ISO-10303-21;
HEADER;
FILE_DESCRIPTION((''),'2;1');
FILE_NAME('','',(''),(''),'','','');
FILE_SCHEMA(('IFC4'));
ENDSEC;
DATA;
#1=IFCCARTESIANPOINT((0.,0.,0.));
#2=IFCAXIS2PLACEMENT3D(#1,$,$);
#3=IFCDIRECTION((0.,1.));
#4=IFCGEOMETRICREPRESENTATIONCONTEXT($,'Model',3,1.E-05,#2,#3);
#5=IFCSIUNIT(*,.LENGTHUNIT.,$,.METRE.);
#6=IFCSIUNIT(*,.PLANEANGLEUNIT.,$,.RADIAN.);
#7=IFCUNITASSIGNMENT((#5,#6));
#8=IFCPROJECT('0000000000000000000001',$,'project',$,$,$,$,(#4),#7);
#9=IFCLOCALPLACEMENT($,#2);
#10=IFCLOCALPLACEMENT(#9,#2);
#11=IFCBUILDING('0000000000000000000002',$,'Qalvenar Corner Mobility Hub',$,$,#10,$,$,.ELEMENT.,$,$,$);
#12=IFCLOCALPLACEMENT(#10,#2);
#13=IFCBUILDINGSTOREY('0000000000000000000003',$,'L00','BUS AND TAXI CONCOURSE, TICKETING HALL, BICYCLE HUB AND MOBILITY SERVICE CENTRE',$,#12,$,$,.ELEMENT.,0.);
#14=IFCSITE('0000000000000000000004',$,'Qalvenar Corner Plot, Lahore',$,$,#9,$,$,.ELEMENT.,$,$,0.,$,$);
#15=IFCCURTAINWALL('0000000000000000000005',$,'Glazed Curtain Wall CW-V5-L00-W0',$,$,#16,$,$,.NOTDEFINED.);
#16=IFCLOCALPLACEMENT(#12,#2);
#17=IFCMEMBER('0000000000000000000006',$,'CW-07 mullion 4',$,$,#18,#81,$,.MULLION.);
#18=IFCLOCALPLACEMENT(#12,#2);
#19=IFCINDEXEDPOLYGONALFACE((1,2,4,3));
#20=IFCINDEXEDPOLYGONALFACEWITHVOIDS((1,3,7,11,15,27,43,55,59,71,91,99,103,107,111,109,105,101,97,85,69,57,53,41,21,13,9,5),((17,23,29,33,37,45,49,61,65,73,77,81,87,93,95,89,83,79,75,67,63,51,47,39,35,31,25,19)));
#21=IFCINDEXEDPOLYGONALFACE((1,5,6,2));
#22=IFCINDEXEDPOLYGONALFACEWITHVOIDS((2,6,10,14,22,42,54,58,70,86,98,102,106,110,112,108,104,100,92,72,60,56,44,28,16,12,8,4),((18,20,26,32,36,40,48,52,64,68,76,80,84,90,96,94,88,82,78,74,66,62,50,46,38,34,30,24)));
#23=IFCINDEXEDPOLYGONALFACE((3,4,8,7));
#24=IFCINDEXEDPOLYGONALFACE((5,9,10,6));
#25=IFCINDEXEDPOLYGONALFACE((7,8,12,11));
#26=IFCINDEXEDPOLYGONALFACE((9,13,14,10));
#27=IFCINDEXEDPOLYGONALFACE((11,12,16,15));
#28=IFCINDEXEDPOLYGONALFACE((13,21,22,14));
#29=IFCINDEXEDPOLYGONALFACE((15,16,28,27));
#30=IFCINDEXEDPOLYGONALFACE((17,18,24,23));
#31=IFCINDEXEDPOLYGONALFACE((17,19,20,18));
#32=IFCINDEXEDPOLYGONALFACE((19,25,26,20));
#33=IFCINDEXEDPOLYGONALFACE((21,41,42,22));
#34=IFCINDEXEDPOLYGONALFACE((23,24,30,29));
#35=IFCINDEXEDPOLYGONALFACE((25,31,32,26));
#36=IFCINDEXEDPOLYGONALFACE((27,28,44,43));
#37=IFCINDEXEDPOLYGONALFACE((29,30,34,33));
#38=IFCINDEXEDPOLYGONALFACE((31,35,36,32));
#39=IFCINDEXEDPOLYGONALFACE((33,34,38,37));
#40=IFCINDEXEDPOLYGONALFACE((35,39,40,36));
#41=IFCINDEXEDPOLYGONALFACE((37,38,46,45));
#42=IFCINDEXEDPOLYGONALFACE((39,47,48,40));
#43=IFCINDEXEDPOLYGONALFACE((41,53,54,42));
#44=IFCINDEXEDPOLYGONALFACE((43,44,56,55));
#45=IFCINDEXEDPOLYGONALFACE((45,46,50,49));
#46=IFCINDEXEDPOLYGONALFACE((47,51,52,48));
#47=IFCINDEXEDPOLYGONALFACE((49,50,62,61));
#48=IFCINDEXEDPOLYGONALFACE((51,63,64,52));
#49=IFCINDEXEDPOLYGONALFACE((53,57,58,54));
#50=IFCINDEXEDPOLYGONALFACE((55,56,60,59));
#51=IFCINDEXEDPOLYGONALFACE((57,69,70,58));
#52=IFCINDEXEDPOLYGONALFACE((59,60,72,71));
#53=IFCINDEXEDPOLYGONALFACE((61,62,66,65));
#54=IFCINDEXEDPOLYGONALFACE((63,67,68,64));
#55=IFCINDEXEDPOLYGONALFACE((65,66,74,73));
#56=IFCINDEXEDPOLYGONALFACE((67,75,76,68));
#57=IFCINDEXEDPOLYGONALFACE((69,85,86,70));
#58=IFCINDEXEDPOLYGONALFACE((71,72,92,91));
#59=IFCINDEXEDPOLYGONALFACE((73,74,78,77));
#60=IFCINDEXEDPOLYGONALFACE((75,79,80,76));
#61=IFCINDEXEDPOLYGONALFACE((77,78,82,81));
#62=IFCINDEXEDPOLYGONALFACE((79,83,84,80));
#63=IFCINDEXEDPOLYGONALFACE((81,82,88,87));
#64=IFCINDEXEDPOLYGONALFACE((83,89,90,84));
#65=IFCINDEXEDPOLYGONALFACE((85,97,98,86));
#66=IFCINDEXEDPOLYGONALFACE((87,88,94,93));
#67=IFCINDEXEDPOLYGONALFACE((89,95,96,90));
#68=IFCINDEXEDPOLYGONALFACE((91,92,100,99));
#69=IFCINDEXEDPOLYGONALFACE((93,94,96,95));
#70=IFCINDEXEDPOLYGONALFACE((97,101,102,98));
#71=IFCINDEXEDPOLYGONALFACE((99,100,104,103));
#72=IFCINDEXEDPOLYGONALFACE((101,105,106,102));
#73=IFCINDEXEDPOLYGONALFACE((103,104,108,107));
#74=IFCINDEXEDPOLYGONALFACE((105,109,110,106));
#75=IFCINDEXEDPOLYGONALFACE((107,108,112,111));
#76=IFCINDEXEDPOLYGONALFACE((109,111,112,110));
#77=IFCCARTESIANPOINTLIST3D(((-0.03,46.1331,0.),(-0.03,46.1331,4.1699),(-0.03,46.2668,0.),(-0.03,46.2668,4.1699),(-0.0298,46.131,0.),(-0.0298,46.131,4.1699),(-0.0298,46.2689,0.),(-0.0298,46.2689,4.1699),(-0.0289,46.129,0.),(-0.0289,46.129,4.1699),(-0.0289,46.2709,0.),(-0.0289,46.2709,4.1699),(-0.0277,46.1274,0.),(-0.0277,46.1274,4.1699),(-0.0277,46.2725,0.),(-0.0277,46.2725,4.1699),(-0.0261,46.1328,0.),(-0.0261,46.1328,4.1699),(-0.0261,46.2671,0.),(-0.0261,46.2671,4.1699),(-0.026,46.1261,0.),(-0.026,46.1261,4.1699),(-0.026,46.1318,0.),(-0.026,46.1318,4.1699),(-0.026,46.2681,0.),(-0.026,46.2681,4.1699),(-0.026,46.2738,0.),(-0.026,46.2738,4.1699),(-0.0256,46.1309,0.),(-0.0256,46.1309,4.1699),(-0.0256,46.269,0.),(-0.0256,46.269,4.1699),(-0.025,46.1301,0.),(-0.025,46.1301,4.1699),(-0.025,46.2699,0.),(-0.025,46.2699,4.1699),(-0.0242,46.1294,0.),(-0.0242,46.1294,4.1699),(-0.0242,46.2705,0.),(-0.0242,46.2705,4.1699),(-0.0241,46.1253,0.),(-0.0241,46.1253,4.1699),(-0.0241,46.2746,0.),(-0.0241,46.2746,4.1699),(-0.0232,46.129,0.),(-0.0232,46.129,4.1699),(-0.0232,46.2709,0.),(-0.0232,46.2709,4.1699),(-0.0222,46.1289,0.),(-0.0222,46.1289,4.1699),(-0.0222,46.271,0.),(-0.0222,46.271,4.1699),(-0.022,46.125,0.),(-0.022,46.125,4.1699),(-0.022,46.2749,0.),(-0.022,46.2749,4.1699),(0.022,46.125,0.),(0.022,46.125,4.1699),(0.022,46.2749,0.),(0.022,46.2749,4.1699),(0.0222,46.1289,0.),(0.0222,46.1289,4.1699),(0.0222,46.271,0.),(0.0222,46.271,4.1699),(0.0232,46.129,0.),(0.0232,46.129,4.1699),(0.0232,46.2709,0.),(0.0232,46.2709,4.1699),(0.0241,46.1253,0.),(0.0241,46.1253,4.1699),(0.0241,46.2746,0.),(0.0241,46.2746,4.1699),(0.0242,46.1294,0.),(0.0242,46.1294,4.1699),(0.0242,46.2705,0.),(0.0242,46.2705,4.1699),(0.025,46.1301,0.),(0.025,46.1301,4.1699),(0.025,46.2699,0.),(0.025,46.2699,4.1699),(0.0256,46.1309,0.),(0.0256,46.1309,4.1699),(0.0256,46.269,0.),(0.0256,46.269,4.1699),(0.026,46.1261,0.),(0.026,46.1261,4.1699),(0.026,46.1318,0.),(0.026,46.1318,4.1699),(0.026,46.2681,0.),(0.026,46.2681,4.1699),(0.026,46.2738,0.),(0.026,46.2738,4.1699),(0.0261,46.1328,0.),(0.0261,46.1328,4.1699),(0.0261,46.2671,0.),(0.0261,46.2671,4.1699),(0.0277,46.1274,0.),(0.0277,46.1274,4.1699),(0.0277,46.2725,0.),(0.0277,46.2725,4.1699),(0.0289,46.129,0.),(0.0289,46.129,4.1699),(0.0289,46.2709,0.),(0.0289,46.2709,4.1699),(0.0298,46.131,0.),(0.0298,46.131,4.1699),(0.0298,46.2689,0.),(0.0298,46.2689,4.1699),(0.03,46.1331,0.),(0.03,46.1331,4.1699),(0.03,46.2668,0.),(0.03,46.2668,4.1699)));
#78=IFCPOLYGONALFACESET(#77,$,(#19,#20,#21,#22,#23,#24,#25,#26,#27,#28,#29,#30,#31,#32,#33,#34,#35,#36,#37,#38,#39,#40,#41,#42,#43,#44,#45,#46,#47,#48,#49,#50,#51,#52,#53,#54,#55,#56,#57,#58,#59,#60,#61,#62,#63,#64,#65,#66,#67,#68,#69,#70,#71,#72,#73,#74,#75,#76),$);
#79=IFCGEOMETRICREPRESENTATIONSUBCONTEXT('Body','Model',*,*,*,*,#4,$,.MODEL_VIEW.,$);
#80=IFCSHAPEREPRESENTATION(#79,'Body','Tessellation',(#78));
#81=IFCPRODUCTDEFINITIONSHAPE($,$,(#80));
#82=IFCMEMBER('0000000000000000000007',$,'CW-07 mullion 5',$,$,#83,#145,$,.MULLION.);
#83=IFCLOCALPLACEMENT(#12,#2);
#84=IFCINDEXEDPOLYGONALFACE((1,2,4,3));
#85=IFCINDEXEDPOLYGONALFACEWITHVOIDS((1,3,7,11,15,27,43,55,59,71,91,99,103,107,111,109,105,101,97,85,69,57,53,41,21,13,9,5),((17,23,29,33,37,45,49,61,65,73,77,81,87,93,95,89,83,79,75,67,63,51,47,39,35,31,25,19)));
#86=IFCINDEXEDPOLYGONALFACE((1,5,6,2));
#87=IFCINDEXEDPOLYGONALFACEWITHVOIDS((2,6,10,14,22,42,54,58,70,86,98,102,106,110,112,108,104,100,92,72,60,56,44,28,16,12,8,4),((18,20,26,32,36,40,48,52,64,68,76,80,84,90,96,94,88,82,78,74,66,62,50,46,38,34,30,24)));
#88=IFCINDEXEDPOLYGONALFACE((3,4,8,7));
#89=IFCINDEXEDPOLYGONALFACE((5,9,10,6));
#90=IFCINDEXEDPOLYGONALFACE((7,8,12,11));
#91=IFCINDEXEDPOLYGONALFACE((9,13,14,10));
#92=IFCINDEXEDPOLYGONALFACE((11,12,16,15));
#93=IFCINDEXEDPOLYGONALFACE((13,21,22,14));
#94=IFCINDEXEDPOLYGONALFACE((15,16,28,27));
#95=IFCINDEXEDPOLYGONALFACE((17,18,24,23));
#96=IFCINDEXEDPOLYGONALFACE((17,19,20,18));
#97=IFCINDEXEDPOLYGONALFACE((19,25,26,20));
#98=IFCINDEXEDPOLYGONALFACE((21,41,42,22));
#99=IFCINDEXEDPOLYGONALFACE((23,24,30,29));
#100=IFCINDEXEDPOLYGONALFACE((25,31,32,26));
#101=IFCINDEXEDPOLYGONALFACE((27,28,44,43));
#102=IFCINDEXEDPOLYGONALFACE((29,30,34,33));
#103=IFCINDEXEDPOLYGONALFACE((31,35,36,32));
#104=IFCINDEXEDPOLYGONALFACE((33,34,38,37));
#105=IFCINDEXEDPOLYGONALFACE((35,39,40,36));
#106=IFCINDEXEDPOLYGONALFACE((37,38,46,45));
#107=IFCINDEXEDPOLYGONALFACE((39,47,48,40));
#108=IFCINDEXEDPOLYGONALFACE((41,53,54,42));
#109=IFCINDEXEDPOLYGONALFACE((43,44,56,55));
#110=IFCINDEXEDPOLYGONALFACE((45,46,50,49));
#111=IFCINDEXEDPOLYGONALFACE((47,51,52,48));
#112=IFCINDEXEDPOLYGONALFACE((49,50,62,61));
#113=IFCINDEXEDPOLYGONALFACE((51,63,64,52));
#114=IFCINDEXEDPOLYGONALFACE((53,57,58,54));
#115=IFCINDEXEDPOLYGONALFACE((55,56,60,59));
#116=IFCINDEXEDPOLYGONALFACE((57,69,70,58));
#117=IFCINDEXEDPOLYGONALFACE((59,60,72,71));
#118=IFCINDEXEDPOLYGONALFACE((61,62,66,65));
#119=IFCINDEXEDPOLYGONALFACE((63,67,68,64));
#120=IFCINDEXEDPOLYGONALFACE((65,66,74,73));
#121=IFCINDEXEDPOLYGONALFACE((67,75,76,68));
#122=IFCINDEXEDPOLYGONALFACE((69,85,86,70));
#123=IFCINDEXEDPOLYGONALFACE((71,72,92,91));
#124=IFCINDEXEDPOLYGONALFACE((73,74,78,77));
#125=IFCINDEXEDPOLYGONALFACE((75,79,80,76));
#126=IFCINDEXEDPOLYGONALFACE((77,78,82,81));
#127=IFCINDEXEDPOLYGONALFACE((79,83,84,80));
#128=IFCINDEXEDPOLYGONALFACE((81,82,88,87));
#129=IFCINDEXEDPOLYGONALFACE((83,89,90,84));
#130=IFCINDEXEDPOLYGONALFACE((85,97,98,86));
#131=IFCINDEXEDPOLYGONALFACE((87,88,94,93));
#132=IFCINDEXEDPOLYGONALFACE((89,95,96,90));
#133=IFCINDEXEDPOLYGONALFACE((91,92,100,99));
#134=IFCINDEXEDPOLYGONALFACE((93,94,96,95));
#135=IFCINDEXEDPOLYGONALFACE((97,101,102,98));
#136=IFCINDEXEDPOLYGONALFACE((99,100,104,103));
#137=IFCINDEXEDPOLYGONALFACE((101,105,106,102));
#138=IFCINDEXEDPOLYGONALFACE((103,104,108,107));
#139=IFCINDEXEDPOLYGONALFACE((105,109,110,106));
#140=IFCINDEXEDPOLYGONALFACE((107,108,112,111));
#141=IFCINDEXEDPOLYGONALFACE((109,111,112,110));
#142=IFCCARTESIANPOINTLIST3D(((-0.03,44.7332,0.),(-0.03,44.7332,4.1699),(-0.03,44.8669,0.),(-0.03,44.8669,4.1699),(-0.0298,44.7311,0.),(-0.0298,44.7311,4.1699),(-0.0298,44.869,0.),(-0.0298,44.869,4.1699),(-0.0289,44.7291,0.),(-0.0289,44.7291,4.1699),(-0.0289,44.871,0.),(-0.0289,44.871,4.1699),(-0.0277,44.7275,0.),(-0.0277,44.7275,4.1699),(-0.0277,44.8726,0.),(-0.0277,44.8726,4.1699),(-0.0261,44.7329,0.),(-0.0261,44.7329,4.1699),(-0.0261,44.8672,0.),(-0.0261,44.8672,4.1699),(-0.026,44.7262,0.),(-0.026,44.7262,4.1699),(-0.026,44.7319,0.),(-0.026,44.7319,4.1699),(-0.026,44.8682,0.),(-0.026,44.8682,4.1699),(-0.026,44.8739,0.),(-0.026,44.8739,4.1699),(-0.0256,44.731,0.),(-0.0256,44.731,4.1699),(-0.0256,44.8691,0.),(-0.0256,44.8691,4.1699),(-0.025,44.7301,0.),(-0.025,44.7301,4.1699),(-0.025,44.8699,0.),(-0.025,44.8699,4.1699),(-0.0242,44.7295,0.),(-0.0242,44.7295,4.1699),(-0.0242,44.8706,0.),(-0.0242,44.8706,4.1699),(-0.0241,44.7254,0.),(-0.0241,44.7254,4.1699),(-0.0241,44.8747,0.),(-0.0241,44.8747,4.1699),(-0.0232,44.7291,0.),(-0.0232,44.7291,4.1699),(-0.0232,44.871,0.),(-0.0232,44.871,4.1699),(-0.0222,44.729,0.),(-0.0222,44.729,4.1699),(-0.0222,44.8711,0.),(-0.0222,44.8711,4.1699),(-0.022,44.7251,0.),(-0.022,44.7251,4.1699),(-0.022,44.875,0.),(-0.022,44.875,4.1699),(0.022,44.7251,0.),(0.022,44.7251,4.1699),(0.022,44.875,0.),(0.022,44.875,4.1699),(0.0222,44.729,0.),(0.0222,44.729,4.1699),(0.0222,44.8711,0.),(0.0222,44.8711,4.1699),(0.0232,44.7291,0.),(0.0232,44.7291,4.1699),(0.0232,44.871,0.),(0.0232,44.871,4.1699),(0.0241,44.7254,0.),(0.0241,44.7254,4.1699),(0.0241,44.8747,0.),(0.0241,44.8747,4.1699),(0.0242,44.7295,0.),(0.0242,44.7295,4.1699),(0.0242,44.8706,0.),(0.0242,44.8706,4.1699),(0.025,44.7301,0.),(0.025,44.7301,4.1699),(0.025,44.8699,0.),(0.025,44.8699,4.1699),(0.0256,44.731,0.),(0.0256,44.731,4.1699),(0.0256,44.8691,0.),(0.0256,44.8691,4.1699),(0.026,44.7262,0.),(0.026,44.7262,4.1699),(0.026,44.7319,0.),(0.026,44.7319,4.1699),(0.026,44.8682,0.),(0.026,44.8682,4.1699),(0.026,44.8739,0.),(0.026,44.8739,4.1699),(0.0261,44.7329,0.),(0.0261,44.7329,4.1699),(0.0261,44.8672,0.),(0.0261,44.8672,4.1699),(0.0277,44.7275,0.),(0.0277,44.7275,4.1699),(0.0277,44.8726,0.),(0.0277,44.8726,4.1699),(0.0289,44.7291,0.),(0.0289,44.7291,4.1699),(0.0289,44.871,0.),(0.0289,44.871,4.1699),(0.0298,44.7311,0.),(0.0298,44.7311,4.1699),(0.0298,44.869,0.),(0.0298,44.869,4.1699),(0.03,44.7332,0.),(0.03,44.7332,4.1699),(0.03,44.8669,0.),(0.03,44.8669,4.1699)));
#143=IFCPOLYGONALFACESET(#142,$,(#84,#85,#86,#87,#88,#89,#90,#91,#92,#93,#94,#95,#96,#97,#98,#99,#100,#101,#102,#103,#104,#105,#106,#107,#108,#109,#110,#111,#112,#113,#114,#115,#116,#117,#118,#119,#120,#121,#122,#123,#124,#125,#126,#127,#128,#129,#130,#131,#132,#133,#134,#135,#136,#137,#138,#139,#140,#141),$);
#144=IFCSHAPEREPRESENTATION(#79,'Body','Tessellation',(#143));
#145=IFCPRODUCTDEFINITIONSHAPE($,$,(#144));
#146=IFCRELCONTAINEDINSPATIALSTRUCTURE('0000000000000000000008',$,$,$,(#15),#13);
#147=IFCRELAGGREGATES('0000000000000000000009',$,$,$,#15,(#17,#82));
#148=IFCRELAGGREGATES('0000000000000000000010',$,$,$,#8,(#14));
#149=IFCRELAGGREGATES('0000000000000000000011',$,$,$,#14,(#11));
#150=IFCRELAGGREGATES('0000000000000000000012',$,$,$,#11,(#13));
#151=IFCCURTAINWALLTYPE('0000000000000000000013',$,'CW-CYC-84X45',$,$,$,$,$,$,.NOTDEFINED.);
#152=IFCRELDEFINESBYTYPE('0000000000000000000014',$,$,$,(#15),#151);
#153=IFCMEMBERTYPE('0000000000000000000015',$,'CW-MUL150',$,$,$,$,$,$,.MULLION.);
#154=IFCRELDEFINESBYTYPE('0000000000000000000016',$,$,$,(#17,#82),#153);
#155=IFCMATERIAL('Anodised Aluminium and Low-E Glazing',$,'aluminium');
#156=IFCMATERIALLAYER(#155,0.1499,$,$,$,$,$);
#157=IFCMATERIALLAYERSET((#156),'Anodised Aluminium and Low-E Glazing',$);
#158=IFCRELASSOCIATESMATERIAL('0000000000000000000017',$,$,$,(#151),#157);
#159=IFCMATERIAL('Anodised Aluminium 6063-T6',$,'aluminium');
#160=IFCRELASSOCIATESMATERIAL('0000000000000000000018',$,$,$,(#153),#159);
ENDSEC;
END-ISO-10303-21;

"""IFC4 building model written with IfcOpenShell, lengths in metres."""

from ifc_helpers import new_model, si_unit, direction, frame, origin, origin_2d, place, context, subcontext, project, spatial, hollow_rectangle, extrude, material, layer, layer_set, material_profile, profile_set, type_object, element, aggregate, save


model = new_model("IFC4")

# Units and contexts
model_context = context("Model", 3, precision=1e-05, world=origin(), true_north=direction((0.0, 1.0)))
body_context = subcontext(model_context, "Body", "Model", "MODEL_VIEW")
ifc_project = project(units=[si_unit("LENGTHUNIT", "METRE"), si_unit("PLANEANGLEUNIT", "RADIAN")], contexts=[model_context])

# Site, building, storey
site_placement = place(None, origin())
site = spatial("IfcSite", under=ifc_project, at=site_placement, Name="Qalvenar Corner Plot, Lahore", CompositionType="ELEMENT", RefElevation=0.0)
building_placement = place(site_placement, origin())
building = spatial("IfcBuilding", under=site, at=building_placement, Name="Qalvenar Corner Mobility Hub", CompositionType="ELEMENT")
storey_placement = place(building_placement, origin())
storey = spatial("IfcBuildingStorey", under=building, at=storey_placement, Name="L00", Description="BUS AND TAXI CONCOURSE, TICKETING HALL, BICYCLE HUB AND MOBILITY SERVICE CENTRE", CompositionType="ELEMENT", Elevation=0.0)

# Curtain wall, members
ifc_material_1 = material(Name="Anodised Aluminium and Low-E Glazing", Category="aluminium")
ifc_layer_1 = layer(ifc_material_1, 0.1499)
ifc_layer_set_1 = layer_set([ifc_layer_1], Name="Anodised Aluminium and Low-E Glazing")
curtain_wall_type = type_object("IfcCurtainWallType", Name="CW-CYC-84X45", PredefinedType="NOTDEFINED", material=ifc_layer_set_1)
curtain_wall_placement = place(storey_placement, origin())
curtain_wall = element("IfcCurtainWall", 1, at=curtain_wall_placement, inside=storey, type_object=curtain_wall_type, Name="Glazed Curtain Wall CW-V5-L00-W0", PredefinedType="NOTDEFINED")
ifc_material_2 = material(Name="Anodised Aluminium 6063-T6", Category="aluminium")
ifc_material_profile_1 = material_profile(ifc_material_2, hollow_rectangle(XDim=0.0601, YDim=0.1499, WallThickness=0.0039, InnerFilletRadius=0.0039, OuterFilletRadius=0.0081, at=origin_2d()), Name="RHS150x60x4")
ifc_profile_set_1 = profile_set([ifc_material_profile_1], Name="Anodised Aluminium 6063-T6")
member_type_1 = type_object("IfcMemberType", Name="CW-MUL150", PredefinedType="MULLION", material=ifc_profile_set_1)
member_1_placement = place(storey_placement, frame((0.0, 46.2, 0.0), z_axis=(0.0, 0.0, 1.0), x_axis=(1.0, 0.0, 0.0)))
member_1 = element("IfcMember", 2, at=member_1_placement, type_object=member_type_1, Name="CW-07 mullion 4", PredefinedType="MULLION", context=body_context, shape_type="SweptSolid", body=[
    extrude(hollow_rectangle(XDim=0.0601, YDim=0.1499, WallThickness=0.0039, InnerFilletRadius=0.0039, OuterFilletRadius=0.0081, at=origin_2d()), origin(), (0.0, 0.0, 1.0), 4.1699),
])
member_2_placement = place(storey_placement, frame((0.0, 44.8, 0.0), z_axis=(0.0, 0.0, 1.0), x_axis=(1.0, 0.0, 0.0)))
member_2 = element("IfcMember", 3, at=member_2_placement, type_object=member_type_1, Name="CW-07 mullion 5", PredefinedType="MULLION", context=body_context, shape_type="SweptSolid", body=[
    extrude(hollow_rectangle(XDim=0.0601, YDim=0.1499, WallThickness=0.0039, InnerFilletRadius=0.0039, OuterFilletRadius=0.0081, at=origin_2d()), origin(), (0.0, 0.0, 1.0), 4.1699),
])
aggregate(curtain_wall, [member_1, member_2])

save(model, "model.ifc")
